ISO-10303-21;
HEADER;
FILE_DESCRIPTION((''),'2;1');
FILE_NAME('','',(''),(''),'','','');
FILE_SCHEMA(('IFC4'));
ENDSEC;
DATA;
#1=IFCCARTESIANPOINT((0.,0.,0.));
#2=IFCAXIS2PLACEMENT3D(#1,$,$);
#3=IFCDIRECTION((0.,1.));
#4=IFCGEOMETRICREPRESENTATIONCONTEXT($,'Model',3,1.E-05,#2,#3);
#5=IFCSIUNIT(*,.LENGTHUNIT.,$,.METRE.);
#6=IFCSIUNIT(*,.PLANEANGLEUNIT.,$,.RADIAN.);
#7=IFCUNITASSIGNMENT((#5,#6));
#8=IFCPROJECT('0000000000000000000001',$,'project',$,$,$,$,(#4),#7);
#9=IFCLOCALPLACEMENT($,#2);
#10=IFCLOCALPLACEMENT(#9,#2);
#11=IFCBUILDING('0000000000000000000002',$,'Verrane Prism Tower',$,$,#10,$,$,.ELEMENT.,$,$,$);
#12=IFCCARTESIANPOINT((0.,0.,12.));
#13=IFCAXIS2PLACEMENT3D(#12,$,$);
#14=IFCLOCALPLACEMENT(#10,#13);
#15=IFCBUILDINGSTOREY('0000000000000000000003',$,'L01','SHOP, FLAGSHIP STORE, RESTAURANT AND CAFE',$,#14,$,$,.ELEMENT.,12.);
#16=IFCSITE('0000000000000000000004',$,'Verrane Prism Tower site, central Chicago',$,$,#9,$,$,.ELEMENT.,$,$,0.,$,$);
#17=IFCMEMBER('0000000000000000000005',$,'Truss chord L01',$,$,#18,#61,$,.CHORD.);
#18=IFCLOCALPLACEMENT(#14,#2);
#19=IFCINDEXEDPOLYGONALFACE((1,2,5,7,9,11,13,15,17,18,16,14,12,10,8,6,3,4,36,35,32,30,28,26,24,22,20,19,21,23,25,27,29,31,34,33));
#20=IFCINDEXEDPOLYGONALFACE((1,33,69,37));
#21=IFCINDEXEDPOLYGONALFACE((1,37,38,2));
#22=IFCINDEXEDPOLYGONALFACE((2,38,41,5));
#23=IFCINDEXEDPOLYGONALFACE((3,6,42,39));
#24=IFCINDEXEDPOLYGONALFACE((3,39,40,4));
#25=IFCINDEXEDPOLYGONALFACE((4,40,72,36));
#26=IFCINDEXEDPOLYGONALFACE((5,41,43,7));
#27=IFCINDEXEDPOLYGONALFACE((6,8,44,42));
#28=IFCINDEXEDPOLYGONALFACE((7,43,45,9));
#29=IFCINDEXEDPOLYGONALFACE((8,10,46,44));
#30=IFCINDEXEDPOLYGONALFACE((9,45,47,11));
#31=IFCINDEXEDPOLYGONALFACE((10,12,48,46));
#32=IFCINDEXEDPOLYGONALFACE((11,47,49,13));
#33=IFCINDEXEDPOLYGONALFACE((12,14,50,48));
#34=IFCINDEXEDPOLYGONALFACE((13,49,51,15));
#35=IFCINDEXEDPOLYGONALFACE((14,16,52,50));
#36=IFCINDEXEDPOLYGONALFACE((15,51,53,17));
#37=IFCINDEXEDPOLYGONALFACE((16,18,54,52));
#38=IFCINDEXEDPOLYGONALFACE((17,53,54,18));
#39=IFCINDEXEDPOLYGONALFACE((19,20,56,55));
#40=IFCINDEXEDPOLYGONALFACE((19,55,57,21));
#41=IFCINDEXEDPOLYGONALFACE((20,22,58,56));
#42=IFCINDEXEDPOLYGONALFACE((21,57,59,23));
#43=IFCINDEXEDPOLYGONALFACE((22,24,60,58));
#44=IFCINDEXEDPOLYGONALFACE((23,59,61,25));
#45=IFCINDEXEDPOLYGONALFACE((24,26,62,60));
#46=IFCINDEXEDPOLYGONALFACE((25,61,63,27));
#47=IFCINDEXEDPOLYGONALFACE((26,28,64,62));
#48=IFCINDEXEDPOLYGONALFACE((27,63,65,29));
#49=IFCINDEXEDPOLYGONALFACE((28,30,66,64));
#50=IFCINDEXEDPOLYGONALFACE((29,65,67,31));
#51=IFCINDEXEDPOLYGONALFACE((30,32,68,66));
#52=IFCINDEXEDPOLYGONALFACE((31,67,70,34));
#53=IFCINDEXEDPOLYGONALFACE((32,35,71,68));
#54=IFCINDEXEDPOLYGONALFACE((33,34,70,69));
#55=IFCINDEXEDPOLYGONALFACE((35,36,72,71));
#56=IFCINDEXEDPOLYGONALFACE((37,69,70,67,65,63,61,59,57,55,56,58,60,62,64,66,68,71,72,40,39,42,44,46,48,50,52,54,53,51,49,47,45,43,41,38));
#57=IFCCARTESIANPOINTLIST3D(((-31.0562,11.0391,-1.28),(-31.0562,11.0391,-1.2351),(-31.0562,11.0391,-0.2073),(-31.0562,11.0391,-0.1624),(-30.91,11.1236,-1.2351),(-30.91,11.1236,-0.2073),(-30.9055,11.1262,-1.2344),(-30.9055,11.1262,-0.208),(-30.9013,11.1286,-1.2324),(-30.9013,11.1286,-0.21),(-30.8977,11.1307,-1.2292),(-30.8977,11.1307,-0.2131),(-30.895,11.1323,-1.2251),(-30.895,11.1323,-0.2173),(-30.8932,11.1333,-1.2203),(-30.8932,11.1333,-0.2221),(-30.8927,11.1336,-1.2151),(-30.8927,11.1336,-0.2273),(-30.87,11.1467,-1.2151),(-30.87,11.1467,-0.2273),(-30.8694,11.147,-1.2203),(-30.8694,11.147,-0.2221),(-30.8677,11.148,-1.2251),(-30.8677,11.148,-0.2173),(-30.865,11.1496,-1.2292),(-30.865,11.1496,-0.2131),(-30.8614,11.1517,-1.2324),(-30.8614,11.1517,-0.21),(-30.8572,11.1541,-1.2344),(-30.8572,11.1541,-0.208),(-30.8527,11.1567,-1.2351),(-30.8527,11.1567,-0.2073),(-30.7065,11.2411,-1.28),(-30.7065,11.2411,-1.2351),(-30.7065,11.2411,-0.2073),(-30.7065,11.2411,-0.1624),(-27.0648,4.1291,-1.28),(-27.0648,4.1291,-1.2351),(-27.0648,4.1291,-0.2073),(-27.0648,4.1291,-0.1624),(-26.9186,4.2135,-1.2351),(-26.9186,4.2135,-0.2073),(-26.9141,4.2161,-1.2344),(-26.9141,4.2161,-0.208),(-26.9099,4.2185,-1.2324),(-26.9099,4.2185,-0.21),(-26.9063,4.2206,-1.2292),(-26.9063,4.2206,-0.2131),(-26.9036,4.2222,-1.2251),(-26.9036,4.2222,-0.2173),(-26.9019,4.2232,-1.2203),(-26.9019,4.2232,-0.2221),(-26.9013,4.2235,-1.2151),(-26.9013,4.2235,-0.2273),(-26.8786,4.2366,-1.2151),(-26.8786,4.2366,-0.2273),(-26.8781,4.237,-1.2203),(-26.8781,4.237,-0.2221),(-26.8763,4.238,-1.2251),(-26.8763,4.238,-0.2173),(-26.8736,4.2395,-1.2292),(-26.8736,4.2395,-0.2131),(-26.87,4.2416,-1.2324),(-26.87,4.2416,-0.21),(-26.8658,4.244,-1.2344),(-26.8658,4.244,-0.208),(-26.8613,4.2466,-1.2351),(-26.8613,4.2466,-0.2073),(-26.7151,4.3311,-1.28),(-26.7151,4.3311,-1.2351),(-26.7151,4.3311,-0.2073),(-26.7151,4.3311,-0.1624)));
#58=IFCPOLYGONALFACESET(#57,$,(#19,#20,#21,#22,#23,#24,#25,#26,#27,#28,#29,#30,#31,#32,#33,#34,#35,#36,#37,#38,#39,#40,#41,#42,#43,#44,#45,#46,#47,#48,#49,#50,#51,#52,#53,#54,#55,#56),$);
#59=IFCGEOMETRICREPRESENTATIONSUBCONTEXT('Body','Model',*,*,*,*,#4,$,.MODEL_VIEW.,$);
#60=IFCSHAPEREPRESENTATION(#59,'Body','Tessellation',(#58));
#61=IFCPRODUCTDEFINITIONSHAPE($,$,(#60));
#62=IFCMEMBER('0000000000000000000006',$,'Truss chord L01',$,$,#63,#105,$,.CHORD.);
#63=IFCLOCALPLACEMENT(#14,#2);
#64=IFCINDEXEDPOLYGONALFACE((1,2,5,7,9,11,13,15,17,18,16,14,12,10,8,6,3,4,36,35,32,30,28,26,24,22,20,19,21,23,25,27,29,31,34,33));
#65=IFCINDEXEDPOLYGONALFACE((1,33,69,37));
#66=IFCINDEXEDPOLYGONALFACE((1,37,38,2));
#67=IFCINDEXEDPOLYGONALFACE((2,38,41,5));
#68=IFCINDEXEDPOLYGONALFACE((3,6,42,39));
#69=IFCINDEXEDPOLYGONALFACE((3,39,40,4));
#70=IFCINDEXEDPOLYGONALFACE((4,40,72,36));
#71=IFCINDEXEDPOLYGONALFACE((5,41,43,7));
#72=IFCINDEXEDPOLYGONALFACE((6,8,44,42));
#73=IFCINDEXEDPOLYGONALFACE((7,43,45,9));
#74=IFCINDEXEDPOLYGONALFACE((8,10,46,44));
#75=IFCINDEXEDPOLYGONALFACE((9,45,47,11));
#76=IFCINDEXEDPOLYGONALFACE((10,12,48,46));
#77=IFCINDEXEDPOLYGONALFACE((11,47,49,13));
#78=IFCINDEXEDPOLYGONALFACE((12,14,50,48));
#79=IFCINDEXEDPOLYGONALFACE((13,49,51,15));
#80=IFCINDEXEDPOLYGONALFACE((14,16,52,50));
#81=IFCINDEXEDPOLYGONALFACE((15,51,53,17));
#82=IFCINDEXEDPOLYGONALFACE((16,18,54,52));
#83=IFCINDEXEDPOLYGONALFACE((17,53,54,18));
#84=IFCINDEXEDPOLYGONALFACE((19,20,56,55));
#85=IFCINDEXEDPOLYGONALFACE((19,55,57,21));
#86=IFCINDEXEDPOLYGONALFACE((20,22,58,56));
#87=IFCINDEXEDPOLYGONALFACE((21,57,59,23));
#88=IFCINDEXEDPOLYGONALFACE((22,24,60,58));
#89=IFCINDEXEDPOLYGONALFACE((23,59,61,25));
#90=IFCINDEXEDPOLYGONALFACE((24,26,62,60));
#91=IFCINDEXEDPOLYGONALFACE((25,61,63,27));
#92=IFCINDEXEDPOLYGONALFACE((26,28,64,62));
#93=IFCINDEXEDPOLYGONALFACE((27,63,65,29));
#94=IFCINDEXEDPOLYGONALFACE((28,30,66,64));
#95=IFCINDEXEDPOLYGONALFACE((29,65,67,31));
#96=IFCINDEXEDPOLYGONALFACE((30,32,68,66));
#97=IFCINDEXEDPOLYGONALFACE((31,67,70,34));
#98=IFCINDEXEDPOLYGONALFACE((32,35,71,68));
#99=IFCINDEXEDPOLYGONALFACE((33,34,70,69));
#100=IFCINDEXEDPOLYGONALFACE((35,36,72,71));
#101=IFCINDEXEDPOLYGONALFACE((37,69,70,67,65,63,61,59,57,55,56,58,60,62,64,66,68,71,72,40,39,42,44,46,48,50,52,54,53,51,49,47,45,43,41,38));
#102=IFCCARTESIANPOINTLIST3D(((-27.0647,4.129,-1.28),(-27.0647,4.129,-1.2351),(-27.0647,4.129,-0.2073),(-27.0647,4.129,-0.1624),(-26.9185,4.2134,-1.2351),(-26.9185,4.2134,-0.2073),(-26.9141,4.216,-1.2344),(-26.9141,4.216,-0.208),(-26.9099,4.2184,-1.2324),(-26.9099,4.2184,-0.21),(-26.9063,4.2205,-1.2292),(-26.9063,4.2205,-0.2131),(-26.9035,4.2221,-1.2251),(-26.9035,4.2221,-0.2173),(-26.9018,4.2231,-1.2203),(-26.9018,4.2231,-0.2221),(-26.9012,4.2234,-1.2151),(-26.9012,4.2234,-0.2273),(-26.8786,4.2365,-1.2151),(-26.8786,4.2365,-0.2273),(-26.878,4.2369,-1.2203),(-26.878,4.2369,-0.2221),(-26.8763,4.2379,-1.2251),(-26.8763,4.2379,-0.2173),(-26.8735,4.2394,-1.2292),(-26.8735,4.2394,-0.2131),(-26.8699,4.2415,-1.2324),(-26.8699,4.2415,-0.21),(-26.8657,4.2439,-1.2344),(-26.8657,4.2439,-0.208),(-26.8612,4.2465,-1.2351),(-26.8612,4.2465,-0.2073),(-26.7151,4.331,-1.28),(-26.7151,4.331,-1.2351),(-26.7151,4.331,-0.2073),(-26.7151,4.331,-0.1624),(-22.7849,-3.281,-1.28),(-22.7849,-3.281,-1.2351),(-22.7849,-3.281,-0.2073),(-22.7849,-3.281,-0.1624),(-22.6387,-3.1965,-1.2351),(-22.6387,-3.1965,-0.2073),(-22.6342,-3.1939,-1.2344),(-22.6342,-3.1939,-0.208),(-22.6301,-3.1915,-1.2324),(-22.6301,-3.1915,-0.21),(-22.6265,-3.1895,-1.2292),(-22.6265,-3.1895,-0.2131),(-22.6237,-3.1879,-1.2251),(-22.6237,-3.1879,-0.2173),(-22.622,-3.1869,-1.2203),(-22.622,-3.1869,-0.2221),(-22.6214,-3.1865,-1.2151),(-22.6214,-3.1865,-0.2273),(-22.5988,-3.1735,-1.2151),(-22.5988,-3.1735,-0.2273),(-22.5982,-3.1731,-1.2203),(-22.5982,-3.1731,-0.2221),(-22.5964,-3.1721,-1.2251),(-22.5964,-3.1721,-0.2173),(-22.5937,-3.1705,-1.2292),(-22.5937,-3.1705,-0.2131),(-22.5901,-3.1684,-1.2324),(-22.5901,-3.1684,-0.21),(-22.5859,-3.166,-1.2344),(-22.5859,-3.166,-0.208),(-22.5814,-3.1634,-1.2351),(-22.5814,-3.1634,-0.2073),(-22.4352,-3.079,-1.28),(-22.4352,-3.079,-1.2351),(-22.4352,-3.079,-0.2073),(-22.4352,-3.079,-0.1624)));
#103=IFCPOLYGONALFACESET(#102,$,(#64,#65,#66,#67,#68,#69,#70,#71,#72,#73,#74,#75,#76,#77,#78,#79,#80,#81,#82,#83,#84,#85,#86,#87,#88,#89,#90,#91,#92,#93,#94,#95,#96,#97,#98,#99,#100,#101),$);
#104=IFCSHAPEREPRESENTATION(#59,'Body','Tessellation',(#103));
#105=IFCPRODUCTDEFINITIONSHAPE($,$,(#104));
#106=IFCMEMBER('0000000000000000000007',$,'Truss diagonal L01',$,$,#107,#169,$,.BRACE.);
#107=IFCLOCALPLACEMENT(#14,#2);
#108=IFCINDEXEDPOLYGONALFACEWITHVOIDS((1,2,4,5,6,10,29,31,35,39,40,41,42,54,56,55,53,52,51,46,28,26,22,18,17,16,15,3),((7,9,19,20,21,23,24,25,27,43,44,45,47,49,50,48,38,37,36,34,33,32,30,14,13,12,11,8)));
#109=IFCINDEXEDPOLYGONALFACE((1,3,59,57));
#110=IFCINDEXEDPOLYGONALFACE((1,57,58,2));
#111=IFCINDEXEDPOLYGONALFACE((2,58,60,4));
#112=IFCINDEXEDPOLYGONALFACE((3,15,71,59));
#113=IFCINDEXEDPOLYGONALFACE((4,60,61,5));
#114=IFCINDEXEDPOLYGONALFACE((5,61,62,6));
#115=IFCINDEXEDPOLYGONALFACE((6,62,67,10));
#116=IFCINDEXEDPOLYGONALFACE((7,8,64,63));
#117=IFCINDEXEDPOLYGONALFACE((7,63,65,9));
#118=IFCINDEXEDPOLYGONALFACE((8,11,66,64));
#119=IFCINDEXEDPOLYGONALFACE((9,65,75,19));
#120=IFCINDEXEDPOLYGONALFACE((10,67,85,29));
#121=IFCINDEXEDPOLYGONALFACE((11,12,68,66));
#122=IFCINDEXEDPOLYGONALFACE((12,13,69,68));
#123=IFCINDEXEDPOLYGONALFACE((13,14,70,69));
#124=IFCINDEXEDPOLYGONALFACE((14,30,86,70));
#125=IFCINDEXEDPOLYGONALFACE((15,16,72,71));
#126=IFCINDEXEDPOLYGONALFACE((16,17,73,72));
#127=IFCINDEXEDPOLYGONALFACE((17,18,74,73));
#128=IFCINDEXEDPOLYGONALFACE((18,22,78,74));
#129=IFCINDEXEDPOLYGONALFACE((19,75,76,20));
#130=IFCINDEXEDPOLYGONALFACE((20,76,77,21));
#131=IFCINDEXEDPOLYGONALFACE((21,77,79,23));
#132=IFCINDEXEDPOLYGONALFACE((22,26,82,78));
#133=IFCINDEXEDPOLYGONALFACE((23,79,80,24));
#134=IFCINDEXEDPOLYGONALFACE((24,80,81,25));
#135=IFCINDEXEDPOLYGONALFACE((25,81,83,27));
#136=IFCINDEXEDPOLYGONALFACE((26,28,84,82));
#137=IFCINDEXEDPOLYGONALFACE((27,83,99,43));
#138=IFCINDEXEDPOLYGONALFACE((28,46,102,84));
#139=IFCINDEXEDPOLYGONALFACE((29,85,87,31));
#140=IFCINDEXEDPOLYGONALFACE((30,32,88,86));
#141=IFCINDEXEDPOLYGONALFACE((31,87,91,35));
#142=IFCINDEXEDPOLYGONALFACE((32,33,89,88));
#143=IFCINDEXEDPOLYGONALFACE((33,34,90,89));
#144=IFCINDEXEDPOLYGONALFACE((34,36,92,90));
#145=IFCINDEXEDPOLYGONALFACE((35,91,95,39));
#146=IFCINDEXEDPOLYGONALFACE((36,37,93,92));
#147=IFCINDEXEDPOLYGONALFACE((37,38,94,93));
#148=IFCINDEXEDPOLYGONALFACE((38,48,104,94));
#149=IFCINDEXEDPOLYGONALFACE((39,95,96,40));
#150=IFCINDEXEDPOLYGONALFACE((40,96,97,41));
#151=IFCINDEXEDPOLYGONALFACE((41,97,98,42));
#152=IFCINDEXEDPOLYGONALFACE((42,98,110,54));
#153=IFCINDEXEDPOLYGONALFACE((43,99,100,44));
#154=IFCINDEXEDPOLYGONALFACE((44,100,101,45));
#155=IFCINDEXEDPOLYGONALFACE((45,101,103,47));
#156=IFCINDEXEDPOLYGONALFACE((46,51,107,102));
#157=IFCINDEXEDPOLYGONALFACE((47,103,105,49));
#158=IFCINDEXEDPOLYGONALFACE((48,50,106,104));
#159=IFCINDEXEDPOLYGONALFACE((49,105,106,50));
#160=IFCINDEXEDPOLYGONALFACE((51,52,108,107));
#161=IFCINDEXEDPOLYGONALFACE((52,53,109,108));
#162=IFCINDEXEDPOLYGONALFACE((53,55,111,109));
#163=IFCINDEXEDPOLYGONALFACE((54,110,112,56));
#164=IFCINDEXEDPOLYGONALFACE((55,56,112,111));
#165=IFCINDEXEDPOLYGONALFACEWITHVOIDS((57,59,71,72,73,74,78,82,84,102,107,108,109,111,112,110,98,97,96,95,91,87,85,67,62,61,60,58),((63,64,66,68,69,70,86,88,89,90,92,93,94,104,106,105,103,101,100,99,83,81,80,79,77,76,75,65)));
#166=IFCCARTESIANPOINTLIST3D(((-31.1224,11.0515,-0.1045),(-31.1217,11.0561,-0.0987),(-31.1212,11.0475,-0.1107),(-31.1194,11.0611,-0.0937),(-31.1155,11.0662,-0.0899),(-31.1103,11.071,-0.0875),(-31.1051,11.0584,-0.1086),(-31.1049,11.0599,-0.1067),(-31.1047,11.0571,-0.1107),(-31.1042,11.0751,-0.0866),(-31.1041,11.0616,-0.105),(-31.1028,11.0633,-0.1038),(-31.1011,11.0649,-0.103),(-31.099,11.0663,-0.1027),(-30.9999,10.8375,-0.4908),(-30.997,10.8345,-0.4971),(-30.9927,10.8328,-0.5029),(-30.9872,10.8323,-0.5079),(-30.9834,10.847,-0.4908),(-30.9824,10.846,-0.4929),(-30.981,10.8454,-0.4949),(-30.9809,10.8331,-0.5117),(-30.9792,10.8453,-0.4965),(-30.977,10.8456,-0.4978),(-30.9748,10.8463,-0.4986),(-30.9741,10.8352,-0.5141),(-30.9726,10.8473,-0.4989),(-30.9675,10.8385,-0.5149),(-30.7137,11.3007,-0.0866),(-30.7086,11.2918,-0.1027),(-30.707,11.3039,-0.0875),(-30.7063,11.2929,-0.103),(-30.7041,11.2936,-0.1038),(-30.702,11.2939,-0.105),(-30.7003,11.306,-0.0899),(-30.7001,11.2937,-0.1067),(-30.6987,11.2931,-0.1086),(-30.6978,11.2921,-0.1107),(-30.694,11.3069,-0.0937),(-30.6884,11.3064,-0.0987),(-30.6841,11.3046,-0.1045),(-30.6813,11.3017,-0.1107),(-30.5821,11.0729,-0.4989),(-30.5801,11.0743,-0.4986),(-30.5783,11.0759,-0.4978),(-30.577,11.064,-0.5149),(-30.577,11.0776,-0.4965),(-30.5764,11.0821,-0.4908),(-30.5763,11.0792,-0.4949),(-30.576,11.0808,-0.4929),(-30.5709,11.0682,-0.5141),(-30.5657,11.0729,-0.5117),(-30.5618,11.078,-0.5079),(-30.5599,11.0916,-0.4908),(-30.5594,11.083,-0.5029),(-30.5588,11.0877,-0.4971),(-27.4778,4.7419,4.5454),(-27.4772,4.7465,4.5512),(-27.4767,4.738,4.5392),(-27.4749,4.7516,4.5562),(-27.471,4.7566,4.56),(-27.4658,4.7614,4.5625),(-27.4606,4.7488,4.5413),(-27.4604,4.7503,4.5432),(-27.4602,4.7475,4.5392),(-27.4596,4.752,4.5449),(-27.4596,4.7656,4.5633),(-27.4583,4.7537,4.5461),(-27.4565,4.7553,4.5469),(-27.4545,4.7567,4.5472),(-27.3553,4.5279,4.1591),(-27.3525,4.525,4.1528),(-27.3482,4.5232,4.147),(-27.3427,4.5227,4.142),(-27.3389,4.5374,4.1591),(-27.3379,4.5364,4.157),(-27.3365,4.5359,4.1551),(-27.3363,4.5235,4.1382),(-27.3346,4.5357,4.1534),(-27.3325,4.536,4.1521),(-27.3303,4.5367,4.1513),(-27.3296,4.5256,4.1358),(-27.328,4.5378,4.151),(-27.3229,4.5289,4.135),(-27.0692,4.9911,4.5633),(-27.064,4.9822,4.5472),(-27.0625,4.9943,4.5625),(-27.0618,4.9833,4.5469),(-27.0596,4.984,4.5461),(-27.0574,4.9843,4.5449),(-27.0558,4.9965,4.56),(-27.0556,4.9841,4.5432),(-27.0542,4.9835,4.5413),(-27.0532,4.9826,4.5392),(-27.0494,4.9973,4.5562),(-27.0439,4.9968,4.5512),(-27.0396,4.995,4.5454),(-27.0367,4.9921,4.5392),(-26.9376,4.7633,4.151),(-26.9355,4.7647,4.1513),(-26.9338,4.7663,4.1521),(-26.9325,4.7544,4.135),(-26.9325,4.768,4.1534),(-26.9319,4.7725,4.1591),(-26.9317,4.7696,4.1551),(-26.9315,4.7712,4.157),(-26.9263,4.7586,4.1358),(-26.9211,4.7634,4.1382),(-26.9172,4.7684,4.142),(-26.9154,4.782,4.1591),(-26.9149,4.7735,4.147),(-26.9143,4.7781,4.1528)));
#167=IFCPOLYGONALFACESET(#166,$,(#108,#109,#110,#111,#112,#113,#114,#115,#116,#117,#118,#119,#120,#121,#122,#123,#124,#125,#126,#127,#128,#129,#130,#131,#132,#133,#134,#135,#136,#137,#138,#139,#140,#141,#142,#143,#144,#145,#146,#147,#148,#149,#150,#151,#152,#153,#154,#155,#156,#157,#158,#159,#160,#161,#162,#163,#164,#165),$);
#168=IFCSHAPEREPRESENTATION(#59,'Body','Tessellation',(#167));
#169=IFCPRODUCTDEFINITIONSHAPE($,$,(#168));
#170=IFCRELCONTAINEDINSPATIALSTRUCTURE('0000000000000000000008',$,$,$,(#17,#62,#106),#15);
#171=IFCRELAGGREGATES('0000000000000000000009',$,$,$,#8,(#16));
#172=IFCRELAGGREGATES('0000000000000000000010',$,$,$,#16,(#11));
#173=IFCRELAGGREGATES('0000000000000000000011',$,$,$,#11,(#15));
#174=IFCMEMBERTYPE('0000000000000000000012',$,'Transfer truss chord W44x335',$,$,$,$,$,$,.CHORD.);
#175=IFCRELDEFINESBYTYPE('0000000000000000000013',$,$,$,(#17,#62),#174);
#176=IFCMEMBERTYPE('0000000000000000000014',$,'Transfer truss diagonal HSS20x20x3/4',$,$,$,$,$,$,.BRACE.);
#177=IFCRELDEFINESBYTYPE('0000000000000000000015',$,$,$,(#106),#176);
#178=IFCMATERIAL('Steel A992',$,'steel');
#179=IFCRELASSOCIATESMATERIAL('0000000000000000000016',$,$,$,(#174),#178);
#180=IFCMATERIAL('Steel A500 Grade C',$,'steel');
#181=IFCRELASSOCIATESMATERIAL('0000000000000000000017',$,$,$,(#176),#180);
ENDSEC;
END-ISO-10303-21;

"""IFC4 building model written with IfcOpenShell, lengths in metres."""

from ifc_helpers import new_model, si_unit, direction, frame, origin, origin_2d, place, context, subcontext, project, spatial, hollow_rectangle, i_section, extrude, material, material_profile, profile_set, type_object, element, save


model = new_model("IFC4")

# Units and contexts
model_context = context("Model", 3, precision=1e-05, world=origin(), true_north=direction((0.0, 1.0)))
body_context = subcontext(model_context, "Body", "Model", "MODEL_VIEW")
ifc_project = project(units=[si_unit("LENGTHUNIT", "METRE"), si_unit("PLANEANGLEUNIT", "RADIAN")], contexts=[model_context])

# Site, building, storey
site_placement = place(None, origin())
site = spatial("IfcSite", under=ifc_project, at=site_placement, Name="Verrane Prism Tower site, central Chicago", CompositionType="ELEMENT", RefElevation=0.0)
building_placement = place(site_placement, origin())
building = spatial("IfcBuilding", under=site, at=building_placement, Name="Verrane Prism Tower", CompositionType="ELEMENT")
storey_placement = place(building_placement, frame((0.0, 0.0, 12.0)))
storey = spatial("IfcBuildingStorey", under=building, at=storey_placement, Name="L01", Description="SHOP, FLAGSHIP STORE, RESTAURANT AND CAFE", CompositionType="ELEMENT", Elevation=12.0)

# Members
ifc_material_1 = material(Name="Steel A992", Category="steel")
ifc_material_profile_1 = material_profile(ifc_material_1, i_section(OverallWidth=0.4038, OverallDepth=1.1177, WebThickness=0.0261, FlangeThickness=0.0449, FilletRadius=0.02, at=origin_2d()), Name="W44x335")
ifc_profile_set_1 = profile_set([ifc_material_profile_1], Name="Steel A992")
member_type_1 = type_object("IfcMemberType", Name="Transfer truss chord W44x335", PredefinedType="CHORD", material=ifc_profile_set_1)
member_1_placement = place(storey_placement, frame((-30.8813, 11.1401, -0.7212), z_axis=(0.500176, -0.865924, 0.0), x_axis=(0.865924, 0.500176, 0.0)))
element("IfcMember", 1, at=member_1_placement, inside=storey, type_object=member_type_1, Name="Truss chord L01", PredefinedType="CHORD", context=body_context, shape_type="SweptSolid", body=[
    extrude(i_section(OverallWidth=0.4038, OverallDepth=1.1177, WebThickness=0.0261, FlangeThickness=0.0449, FilletRadius=0.02, at=origin_2d()), origin(), (0.0, 0.0, 1.0), 7.98),
])
member_2_placement = place(storey_placement, frame((-26.8899, 4.23, -0.7212), z_axis=(0.500146, -0.865941, 0.0), x_axis=(0.865941, 0.500146, 0.0)))
element("IfcMember", 2, at=member_2_placement, inside=storey, type_object=member_type_1, Name="Truss chord L01", PredefinedType="CHORD", context=body_context, shape_type="SweptSolid", body=[
    extrude(i_section(OverallWidth=0.4038, OverallDepth=1.1177, WebThickness=0.0261, FlangeThickness=0.0449, FilletRadius=0.02, at=origin_2d()), origin(), (0.0, 0.0, 1.0), 8.5571),
])
ifc_material_2 = material(Name="Steel A500 Grade C", Category="steel")
ifc_material_profile_2 = material_profile(ifc_material_2, hollow_rectangle(XDim=0.5081, YDim=0.5081, WallThickness=0.019, InnerFilletRadius=0.0095, OuterFilletRadius=0.0286, at=origin_2d()), Name="HSS20x20x3/4")
ifc_profile_set_2 = profile_set([ifc_material_profile_2], Name="Steel A500 Grade C")
member_type_2 = type_object("IfcMemberType", Name="Transfer truss diagonal HSS20x20x3/4", PredefinedType="BRACE", material=ifc_profile_set_2)
member_3_placement = place(storey_placement, frame((-30.8406, 11.0696, -0.3008), z_axis=(0.421636, -0.729955, 0.537948), x_axis=(0.865924, 0.500175, 0.0)))
element("IfcMember", 3, at=member_3_placement, inside=storey, type_object=member_type_2, Name="Truss diagonal L01", PredefinedType="BRACE", context=body_context, shape_type="SweptSolid", body=[
    extrude(hollow_rectangle(XDim=0.5081, YDim=0.5081, WallThickness=0.019, InnerFilletRadius=0.0095, OuterFilletRadius=0.0286, at=origin_2d()), origin(), (0.0, 0.0, 1.0), 8.6438),
])

save(model, "model.ifc")
